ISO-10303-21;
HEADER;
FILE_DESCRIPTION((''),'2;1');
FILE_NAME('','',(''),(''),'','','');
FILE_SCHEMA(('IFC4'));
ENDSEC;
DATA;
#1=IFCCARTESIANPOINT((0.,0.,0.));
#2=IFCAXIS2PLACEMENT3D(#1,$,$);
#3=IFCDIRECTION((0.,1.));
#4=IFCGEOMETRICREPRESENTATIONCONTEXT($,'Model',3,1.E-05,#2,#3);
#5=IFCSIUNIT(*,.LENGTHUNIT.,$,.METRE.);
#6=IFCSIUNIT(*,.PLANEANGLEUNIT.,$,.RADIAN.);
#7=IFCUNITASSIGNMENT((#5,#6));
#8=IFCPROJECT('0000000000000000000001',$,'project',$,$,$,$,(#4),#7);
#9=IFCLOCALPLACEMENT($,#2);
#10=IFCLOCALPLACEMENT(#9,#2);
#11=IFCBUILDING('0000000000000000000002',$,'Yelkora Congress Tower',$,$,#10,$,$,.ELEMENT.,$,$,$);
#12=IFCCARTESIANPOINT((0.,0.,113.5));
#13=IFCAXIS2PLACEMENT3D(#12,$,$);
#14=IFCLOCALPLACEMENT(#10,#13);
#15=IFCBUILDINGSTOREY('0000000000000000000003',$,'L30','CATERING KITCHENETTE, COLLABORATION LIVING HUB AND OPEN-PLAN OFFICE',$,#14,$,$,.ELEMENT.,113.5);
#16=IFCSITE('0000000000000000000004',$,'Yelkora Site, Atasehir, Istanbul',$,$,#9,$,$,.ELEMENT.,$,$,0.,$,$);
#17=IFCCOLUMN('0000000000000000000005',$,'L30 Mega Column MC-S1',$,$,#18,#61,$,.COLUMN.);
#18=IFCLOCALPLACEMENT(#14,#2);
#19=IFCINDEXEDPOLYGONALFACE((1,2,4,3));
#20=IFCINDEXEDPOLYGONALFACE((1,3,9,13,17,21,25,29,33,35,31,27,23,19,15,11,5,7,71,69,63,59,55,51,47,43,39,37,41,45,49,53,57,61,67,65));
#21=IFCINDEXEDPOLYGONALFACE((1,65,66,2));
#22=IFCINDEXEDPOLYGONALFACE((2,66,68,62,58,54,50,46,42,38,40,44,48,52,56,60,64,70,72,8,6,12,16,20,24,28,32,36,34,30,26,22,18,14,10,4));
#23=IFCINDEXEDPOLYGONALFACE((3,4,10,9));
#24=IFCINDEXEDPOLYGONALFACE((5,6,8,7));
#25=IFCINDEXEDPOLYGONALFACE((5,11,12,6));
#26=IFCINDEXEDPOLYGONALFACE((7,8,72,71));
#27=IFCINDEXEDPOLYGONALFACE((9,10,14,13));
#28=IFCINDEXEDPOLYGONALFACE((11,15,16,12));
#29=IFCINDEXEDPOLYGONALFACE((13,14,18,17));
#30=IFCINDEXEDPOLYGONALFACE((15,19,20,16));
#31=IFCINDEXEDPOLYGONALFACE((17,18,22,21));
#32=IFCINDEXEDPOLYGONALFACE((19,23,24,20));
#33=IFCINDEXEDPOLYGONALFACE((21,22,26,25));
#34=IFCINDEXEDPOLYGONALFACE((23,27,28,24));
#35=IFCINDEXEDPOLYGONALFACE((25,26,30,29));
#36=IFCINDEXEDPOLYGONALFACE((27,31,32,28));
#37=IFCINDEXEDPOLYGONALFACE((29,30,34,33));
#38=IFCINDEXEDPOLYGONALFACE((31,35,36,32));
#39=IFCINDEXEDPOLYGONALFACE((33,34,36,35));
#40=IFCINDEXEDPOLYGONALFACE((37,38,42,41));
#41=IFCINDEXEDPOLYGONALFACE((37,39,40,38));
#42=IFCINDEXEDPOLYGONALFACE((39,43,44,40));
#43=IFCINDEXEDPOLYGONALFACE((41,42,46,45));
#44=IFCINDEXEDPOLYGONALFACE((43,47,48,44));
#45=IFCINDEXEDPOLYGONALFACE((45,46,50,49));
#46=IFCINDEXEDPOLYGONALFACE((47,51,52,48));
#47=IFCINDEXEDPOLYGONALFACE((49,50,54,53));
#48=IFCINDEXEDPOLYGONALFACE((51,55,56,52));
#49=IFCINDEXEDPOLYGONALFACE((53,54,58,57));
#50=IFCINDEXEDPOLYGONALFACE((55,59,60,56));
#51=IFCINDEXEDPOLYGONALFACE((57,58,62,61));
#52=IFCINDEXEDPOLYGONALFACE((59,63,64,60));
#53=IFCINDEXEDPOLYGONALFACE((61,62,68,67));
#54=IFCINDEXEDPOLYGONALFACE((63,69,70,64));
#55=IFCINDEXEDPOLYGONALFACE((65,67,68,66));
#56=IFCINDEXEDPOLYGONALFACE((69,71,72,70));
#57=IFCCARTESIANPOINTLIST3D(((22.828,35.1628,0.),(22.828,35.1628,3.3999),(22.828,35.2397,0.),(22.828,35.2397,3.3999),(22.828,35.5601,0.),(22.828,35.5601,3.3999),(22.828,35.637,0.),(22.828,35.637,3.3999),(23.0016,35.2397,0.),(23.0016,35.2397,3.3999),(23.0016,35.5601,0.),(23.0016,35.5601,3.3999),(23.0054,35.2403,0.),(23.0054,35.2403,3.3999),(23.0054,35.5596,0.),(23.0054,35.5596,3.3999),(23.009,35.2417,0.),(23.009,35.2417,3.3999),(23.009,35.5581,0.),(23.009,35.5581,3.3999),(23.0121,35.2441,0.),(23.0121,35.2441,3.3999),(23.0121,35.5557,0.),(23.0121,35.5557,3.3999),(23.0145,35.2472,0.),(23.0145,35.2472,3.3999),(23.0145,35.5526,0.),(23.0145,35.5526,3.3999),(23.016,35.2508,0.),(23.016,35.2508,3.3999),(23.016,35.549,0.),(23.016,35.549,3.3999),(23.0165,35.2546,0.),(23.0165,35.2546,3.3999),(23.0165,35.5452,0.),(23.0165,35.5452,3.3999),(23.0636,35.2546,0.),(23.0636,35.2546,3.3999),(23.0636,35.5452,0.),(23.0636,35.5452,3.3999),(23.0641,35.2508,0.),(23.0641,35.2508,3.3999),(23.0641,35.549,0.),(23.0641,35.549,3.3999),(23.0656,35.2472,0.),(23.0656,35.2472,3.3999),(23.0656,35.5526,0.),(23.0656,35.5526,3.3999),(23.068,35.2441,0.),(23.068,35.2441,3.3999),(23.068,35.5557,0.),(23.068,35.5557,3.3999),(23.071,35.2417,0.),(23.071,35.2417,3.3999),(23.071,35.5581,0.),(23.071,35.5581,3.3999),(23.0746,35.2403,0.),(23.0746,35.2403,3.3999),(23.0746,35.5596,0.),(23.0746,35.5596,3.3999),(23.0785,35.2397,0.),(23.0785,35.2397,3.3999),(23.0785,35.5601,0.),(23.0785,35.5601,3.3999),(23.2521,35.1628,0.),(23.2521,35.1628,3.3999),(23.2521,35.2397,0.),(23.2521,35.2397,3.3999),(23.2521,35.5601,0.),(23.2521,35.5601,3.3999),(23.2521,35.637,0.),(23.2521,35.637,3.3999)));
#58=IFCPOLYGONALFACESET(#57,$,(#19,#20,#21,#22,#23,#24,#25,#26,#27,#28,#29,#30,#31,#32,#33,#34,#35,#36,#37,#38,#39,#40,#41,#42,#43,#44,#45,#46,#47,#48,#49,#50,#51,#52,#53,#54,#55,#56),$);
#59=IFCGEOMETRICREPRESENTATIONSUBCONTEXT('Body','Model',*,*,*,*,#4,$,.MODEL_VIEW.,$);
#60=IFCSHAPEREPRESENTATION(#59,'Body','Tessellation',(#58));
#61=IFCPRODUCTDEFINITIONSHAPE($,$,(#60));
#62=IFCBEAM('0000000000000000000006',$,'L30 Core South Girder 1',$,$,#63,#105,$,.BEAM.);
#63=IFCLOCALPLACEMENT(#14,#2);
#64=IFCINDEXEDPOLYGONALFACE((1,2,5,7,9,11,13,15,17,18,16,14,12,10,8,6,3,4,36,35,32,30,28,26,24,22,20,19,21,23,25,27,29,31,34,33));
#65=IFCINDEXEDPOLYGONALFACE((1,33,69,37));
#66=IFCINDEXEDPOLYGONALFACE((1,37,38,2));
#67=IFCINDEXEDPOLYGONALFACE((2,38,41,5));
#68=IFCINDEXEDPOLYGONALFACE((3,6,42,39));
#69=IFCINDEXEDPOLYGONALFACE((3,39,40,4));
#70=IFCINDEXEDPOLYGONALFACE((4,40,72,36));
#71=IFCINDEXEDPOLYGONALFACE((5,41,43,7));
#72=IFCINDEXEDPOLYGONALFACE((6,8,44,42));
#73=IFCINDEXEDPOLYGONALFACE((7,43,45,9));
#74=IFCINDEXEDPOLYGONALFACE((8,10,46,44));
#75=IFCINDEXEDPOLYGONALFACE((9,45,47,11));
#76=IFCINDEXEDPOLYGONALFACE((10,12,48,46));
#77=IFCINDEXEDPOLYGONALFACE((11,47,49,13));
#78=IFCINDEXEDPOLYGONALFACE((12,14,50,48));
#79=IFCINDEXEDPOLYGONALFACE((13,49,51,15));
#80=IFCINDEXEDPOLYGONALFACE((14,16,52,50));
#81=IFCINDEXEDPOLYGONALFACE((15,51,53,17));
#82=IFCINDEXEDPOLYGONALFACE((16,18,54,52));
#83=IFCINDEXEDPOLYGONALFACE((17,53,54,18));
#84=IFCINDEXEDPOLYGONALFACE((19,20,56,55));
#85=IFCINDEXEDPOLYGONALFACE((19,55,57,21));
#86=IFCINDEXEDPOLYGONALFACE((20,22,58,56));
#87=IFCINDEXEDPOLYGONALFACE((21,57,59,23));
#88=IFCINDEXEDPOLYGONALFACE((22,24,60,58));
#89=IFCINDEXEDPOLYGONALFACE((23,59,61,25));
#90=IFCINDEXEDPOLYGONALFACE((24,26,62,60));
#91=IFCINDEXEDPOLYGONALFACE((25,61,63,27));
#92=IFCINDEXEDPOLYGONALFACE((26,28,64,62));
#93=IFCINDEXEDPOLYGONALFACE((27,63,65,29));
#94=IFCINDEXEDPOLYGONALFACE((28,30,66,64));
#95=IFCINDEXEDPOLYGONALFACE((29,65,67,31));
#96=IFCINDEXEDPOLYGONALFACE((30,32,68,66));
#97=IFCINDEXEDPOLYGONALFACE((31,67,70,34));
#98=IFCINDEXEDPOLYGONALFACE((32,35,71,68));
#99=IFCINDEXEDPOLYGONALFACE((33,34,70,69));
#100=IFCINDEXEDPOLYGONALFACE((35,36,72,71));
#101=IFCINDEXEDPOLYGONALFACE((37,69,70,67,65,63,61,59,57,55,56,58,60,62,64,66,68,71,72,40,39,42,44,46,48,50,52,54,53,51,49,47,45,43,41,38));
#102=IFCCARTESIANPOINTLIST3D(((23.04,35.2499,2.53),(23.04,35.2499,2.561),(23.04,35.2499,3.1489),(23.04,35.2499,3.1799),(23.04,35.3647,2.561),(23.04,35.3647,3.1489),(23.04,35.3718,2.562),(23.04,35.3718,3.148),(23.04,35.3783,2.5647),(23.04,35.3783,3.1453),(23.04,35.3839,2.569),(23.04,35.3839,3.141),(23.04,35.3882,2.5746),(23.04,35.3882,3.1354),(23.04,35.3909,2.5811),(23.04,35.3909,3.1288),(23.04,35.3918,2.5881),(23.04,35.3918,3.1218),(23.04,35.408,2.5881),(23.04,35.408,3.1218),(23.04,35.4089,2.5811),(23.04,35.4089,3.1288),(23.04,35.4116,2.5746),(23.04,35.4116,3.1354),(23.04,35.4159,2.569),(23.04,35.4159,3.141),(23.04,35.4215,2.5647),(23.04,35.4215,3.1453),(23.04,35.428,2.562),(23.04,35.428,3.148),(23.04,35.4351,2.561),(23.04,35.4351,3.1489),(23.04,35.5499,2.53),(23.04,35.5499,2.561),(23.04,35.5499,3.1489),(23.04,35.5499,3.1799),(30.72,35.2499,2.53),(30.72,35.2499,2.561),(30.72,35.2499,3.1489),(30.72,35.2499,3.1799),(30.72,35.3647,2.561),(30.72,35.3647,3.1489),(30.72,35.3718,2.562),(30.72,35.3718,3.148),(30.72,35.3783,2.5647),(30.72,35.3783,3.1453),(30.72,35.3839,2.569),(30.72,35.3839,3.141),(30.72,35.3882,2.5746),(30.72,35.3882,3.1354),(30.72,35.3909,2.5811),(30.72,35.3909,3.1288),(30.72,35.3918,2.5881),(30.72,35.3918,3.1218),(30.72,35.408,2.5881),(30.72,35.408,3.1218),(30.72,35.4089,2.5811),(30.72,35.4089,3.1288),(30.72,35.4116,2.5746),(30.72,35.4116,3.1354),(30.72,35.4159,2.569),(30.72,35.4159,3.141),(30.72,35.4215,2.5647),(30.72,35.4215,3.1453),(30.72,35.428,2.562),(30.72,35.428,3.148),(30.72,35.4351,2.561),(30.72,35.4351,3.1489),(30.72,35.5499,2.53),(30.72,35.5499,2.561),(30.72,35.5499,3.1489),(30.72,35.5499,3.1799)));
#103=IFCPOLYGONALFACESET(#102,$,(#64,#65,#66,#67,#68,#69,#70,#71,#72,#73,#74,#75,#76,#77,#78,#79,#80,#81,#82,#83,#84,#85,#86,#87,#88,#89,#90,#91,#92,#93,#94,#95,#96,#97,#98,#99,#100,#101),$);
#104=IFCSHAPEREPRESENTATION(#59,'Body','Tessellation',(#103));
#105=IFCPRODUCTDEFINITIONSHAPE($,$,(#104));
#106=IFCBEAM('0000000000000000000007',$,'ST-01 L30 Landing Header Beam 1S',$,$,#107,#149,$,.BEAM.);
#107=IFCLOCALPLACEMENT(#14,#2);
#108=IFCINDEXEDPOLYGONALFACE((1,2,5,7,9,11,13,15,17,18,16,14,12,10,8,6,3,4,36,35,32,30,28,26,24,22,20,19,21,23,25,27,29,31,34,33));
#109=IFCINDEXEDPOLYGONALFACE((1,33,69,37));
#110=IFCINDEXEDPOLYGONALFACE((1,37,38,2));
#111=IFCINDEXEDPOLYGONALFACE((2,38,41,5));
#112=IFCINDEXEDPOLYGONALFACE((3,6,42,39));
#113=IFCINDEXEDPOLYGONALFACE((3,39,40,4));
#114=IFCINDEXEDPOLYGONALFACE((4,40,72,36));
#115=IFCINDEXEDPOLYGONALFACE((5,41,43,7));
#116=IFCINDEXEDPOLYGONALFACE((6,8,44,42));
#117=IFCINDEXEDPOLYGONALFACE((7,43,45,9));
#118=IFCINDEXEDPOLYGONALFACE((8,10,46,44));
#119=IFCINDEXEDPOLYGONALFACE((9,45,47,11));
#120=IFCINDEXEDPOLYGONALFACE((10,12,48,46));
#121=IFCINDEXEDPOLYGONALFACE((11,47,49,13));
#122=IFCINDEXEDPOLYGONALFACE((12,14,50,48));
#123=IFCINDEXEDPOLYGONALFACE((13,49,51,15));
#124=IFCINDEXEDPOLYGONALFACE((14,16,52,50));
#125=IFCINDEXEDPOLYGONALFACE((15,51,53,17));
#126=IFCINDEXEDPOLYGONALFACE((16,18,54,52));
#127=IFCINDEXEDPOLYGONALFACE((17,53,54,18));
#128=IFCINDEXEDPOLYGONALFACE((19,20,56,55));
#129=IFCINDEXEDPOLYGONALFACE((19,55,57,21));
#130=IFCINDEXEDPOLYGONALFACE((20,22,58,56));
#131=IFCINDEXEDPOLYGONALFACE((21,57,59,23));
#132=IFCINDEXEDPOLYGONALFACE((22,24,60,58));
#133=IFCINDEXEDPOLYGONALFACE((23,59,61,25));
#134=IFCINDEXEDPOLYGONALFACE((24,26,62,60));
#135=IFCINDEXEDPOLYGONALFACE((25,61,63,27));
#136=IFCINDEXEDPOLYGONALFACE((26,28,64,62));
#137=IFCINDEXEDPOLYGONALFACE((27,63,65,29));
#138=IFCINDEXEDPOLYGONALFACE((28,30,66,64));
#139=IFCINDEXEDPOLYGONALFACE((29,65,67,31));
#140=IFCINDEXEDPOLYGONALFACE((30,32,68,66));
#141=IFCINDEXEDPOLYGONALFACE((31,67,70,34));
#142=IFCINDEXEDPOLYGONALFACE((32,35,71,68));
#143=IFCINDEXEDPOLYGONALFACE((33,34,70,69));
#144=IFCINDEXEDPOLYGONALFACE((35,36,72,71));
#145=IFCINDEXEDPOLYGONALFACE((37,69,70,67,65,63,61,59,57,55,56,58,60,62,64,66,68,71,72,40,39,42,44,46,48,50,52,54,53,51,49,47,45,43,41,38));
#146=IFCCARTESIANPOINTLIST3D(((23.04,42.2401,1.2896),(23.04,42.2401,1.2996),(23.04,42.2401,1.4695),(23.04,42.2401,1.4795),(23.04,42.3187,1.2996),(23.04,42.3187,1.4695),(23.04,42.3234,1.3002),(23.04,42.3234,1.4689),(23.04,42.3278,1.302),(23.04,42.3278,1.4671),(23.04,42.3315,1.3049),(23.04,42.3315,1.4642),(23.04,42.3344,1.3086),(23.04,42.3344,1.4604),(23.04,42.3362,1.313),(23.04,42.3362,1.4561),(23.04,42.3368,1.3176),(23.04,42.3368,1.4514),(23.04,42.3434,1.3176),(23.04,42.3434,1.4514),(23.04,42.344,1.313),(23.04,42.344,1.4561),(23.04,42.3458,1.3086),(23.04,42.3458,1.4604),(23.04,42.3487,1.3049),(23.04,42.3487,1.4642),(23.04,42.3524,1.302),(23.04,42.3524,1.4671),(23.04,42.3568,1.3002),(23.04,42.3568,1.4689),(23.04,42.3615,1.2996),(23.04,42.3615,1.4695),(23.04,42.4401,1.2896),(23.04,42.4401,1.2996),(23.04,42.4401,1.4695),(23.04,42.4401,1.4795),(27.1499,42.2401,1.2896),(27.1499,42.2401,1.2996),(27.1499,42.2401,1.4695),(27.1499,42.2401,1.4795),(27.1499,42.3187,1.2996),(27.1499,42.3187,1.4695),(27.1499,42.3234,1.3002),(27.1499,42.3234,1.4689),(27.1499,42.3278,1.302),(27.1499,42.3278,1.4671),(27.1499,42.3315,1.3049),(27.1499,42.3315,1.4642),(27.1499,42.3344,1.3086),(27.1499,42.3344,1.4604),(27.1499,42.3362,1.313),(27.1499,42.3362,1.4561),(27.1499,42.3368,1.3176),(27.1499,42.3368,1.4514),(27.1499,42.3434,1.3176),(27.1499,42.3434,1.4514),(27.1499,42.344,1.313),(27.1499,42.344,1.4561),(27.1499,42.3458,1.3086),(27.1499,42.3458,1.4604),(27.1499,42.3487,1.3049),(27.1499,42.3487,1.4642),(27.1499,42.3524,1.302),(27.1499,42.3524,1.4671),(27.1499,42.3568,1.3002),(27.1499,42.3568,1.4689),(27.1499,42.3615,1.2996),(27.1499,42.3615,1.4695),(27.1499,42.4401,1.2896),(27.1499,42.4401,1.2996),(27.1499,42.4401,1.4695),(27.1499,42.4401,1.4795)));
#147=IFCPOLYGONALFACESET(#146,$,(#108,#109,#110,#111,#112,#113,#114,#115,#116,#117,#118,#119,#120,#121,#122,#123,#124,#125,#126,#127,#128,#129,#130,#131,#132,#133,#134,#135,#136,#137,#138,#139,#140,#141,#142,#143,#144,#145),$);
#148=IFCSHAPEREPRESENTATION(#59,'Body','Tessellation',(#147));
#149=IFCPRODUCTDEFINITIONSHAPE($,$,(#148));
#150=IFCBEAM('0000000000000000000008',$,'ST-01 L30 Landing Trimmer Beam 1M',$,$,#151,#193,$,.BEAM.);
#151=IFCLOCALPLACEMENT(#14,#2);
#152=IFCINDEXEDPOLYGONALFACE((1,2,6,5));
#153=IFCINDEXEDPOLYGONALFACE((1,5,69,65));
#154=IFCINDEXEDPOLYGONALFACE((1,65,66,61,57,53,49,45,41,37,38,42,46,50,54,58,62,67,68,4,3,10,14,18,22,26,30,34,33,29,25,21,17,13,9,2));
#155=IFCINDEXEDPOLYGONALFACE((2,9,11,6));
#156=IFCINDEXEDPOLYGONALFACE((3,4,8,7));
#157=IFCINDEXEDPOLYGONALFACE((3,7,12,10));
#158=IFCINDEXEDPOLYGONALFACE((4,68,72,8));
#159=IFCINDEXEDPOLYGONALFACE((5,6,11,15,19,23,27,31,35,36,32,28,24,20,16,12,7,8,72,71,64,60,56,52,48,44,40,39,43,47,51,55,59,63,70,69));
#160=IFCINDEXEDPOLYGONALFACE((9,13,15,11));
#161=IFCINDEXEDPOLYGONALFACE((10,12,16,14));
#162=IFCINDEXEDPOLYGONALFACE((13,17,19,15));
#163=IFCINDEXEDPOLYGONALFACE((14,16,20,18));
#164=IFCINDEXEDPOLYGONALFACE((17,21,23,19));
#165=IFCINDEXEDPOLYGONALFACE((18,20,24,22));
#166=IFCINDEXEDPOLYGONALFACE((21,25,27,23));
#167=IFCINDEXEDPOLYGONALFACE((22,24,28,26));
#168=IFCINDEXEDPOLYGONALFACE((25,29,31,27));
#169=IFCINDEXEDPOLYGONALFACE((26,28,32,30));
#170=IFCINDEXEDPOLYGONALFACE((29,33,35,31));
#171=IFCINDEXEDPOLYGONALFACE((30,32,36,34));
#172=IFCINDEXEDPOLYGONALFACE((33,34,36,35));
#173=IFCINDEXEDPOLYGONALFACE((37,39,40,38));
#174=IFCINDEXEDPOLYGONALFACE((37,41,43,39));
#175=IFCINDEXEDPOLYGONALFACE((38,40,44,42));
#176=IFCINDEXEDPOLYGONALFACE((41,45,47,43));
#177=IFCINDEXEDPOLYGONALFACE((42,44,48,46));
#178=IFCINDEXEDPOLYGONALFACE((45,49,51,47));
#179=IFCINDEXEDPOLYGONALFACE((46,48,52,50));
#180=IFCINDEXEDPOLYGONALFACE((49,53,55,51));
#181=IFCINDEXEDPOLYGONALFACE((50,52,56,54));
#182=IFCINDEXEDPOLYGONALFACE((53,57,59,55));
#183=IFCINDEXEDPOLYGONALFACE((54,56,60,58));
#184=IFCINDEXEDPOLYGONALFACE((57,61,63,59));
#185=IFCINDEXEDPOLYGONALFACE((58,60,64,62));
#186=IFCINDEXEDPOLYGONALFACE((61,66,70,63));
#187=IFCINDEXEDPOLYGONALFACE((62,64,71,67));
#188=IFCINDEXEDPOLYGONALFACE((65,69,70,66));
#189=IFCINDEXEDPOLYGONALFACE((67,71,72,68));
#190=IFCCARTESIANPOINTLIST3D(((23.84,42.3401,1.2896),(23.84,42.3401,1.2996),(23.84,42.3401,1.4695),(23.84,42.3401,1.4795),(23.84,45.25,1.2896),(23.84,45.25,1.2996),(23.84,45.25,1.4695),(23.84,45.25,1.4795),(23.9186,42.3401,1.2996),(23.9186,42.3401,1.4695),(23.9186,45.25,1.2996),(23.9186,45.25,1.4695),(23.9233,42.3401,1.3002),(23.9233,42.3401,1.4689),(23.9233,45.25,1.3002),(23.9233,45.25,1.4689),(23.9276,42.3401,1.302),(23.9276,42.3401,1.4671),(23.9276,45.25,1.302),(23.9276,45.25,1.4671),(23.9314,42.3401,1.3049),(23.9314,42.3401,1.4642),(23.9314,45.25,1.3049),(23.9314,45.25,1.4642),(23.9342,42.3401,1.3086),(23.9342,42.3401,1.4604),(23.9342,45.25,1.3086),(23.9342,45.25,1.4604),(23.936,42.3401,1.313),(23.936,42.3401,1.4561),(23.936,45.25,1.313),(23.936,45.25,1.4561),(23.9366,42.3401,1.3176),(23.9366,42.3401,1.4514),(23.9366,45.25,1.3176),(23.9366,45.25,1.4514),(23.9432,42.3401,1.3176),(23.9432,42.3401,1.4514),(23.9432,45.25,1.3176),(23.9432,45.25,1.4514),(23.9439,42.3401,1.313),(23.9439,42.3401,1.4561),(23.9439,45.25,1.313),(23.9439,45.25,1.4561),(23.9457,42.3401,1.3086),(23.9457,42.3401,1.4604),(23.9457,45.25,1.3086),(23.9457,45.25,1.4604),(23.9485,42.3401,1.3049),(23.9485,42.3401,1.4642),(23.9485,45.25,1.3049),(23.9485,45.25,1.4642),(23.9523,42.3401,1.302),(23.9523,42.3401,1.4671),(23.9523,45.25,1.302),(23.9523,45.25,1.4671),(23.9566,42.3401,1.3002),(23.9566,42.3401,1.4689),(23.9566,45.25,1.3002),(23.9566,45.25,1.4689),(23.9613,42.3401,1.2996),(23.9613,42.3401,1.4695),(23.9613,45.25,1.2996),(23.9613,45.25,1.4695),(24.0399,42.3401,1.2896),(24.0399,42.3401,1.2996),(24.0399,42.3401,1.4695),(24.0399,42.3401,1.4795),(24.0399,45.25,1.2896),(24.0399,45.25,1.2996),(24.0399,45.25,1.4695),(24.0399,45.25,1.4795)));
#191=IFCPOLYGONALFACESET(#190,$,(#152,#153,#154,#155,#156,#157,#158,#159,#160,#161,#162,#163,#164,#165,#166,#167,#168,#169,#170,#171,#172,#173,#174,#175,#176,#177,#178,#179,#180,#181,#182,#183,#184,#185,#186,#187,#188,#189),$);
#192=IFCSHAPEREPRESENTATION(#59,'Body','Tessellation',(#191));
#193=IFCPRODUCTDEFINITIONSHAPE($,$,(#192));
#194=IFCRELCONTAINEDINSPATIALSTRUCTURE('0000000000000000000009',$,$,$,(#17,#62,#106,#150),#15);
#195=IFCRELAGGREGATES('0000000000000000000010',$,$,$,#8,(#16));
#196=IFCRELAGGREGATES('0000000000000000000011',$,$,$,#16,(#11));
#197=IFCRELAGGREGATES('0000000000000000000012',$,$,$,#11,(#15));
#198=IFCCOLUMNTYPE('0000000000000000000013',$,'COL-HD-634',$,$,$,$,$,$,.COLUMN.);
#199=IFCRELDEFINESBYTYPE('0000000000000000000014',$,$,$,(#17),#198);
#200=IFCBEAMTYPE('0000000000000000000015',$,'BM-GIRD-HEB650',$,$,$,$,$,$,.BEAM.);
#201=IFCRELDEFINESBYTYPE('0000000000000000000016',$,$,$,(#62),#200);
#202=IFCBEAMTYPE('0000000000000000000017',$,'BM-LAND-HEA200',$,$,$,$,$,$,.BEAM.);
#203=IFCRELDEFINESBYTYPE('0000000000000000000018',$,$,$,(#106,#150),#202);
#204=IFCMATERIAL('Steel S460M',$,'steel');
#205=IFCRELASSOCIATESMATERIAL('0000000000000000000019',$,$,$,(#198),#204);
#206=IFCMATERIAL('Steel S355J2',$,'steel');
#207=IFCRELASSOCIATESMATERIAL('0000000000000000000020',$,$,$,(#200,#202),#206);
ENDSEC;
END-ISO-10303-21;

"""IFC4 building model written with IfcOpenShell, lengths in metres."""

from ifc_helpers import new_model, si_unit, direction, frame, origin, origin_2d, place, context, subcontext, project, spatial, i_section, extrude, material, material_profile, profile_set, type_object, element, save


model = new_model("IFC4")

# Units and contexts
model_context = context("Model", 3, precision=1e-05, world=origin(), true_north=direction((0.0, 1.0)))
body_context = subcontext(model_context, "Body", "Model", "MODEL_VIEW")
ifc_project = project(units=[si_unit("LENGTHUNIT", "METRE"), si_unit("PLANEANGLEUNIT", "RADIAN")], contexts=[model_context])

# Site, building, storey
site_placement = place(None, origin())
site = spatial("IfcSite", under=ifc_project, at=site_placement, Name="Yelkora Site, Atasehir, Istanbul", CompositionType="ELEMENT", RefElevation=0.0)
building_placement = place(site_placement, origin())
building = spatial("IfcBuilding", under=site, at=building_placement, Name="Yelkora Congress Tower", CompositionType="ELEMENT")
storey_placement = place(building_placement, frame((0.0, 0.0, 113.5)))
storey = spatial("IfcBuildingStorey", under=building, at=storey_placement, Name="L30", Description="CATERING KITCHENETTE, COLLABORATION LIVING HUB AND OPEN-PLAN OFFICE", CompositionType="ELEMENT", Elevation=113.5)

# Column
ifc_material_1 = material(Name="Steel S460M", Category="steel")
ifc_material_profile_1 = material_profile(ifc_material_1, i_section(OverallWidth=0.4241, OverallDepth=0.4741, WebThickness=0.0471, FlangeThickness=0.0769, FilletRadius=0.0149, at=origin_2d()), Name="HD 400x634")
ifc_profile_set_1 = profile_set([ifc_material_profile_1], Name="Steel S460M")
column_type = type_object("IfcColumnType", Name="COL-HD-634", PredefinedType="COLUMN", material=ifc_profile_set_1)
column_placement = place(storey_placement, frame((23.04, 35.3999, 0.0), z_axis=(0.0, 0.0, 1.0), x_axis=(1.0, 0.0, 0.0)))
element("IfcColumn", 1, at=column_placement, inside=storey, type_object=column_type, Name="L30 Mega Column MC-S1", PredefinedType="COLUMN", context=body_context, shape_type="SweptSolid", body=[
    extrude(i_section(OverallWidth=0.4241, OverallDepth=0.4741, WebThickness=0.0471, FlangeThickness=0.0769, FilletRadius=0.0149, at=origin_2d()), origin(), (0.0, 0.0, 1.0), 3.3999),
])

# Beams
ifc_material_2 = material(Name="Steel S355J2", Category="steel")
ifc_material_profile_2 = material_profile(ifc_material_2, i_section(OverallWidth=0.3, OverallDepth=0.6499, WebThickness=0.0161, FlangeThickness=0.031, FilletRadius=0.0271, at=origin_2d()), Name="HEB 650")
ifc_profile_set_2 = profile_set([ifc_material_profile_2], Name="Steel S355J2")
beam_type_1 = type_object("IfcBeamType", Name="BM-GIRD-HEB650", PredefinedType="BEAM", material=ifc_profile_set_2)
beam_1_placement = place(storey_placement, frame((23.04, 35.3999, 2.855), z_axis=(1.0, 0.0, 0.0), x_axis=(0.0, 1.0, 0.0)))
element("IfcBeam", 2, at=beam_1_placement, inside=storey, type_object=beam_type_1, Name="L30 Core South Girder 1", PredefinedType="BEAM", context=body_context, shape_type="SweptSolid", body=[
    extrude(i_section(OverallWidth=0.3, OverallDepth=0.6499, WebThickness=0.0161, FlangeThickness=0.031, FilletRadius=0.0271, at=origin_2d()), origin(), (0.0, 0.0, 1.0), 7.6799),
])
ifc_material_profile_3 = material_profile(ifc_material_2, i_section(OverallWidth=0.2, OverallDepth=0.1899, WebThickness=0.0066, FlangeThickness=0.01, FilletRadius=0.0181, at=origin_2d()), Name="HEA 200")
ifc_profile_set_3 = profile_set([ifc_material_profile_3], Name="Steel S355J2")
beam_type_2 = type_object("IfcBeamType", Name="BM-LAND-HEA200", PredefinedType="BEAM", material=ifc_profile_set_3)
beam_2_placement = place(storey_placement, frame((23.04, 42.3401, 1.3845), z_axis=(1.0, 0.0, 0.0), x_axis=(0.0, 1.0, 0.0)))
element("IfcBeam", 3, at=beam_2_placement, inside=storey, type_object=beam_type_2, Name="ST-01 L30 Landing Header Beam 1S", PredefinedType="BEAM", context=body_context, shape_type="SweptSolid", body=[
    extrude(i_section(OverallWidth=0.2, OverallDepth=0.1899, WebThickness=0.0066, FlangeThickness=0.01, FilletRadius=0.0181, at=origin_2d()), origin(), (0.0, 0.0, 1.0), 4.1099),
])
beam_3_placement = place(storey_placement, frame((23.9399, 42.3401, 1.3845), z_axis=(0.0, 1.0, 0.0), x_axis=(-1.0, 0.0, 0.0)))
element("IfcBeam", 4, at=beam_3_placement, inside=storey, type_object=beam_type_2, Name="ST-01 L30 Landing Trimmer Beam 1M", PredefinedType="BEAM", context=body_context, shape_type="SweptSolid", body=[
    extrude(i_section(OverallWidth=0.2, OverallDepth=0.1899, WebThickness=0.0066, FlangeThickness=0.01, FilletRadius=0.0181, at=origin_2d()), origin(), (0.0, 0.0, 1.0), 2.9099),
])

save(model, "model.ifc")
